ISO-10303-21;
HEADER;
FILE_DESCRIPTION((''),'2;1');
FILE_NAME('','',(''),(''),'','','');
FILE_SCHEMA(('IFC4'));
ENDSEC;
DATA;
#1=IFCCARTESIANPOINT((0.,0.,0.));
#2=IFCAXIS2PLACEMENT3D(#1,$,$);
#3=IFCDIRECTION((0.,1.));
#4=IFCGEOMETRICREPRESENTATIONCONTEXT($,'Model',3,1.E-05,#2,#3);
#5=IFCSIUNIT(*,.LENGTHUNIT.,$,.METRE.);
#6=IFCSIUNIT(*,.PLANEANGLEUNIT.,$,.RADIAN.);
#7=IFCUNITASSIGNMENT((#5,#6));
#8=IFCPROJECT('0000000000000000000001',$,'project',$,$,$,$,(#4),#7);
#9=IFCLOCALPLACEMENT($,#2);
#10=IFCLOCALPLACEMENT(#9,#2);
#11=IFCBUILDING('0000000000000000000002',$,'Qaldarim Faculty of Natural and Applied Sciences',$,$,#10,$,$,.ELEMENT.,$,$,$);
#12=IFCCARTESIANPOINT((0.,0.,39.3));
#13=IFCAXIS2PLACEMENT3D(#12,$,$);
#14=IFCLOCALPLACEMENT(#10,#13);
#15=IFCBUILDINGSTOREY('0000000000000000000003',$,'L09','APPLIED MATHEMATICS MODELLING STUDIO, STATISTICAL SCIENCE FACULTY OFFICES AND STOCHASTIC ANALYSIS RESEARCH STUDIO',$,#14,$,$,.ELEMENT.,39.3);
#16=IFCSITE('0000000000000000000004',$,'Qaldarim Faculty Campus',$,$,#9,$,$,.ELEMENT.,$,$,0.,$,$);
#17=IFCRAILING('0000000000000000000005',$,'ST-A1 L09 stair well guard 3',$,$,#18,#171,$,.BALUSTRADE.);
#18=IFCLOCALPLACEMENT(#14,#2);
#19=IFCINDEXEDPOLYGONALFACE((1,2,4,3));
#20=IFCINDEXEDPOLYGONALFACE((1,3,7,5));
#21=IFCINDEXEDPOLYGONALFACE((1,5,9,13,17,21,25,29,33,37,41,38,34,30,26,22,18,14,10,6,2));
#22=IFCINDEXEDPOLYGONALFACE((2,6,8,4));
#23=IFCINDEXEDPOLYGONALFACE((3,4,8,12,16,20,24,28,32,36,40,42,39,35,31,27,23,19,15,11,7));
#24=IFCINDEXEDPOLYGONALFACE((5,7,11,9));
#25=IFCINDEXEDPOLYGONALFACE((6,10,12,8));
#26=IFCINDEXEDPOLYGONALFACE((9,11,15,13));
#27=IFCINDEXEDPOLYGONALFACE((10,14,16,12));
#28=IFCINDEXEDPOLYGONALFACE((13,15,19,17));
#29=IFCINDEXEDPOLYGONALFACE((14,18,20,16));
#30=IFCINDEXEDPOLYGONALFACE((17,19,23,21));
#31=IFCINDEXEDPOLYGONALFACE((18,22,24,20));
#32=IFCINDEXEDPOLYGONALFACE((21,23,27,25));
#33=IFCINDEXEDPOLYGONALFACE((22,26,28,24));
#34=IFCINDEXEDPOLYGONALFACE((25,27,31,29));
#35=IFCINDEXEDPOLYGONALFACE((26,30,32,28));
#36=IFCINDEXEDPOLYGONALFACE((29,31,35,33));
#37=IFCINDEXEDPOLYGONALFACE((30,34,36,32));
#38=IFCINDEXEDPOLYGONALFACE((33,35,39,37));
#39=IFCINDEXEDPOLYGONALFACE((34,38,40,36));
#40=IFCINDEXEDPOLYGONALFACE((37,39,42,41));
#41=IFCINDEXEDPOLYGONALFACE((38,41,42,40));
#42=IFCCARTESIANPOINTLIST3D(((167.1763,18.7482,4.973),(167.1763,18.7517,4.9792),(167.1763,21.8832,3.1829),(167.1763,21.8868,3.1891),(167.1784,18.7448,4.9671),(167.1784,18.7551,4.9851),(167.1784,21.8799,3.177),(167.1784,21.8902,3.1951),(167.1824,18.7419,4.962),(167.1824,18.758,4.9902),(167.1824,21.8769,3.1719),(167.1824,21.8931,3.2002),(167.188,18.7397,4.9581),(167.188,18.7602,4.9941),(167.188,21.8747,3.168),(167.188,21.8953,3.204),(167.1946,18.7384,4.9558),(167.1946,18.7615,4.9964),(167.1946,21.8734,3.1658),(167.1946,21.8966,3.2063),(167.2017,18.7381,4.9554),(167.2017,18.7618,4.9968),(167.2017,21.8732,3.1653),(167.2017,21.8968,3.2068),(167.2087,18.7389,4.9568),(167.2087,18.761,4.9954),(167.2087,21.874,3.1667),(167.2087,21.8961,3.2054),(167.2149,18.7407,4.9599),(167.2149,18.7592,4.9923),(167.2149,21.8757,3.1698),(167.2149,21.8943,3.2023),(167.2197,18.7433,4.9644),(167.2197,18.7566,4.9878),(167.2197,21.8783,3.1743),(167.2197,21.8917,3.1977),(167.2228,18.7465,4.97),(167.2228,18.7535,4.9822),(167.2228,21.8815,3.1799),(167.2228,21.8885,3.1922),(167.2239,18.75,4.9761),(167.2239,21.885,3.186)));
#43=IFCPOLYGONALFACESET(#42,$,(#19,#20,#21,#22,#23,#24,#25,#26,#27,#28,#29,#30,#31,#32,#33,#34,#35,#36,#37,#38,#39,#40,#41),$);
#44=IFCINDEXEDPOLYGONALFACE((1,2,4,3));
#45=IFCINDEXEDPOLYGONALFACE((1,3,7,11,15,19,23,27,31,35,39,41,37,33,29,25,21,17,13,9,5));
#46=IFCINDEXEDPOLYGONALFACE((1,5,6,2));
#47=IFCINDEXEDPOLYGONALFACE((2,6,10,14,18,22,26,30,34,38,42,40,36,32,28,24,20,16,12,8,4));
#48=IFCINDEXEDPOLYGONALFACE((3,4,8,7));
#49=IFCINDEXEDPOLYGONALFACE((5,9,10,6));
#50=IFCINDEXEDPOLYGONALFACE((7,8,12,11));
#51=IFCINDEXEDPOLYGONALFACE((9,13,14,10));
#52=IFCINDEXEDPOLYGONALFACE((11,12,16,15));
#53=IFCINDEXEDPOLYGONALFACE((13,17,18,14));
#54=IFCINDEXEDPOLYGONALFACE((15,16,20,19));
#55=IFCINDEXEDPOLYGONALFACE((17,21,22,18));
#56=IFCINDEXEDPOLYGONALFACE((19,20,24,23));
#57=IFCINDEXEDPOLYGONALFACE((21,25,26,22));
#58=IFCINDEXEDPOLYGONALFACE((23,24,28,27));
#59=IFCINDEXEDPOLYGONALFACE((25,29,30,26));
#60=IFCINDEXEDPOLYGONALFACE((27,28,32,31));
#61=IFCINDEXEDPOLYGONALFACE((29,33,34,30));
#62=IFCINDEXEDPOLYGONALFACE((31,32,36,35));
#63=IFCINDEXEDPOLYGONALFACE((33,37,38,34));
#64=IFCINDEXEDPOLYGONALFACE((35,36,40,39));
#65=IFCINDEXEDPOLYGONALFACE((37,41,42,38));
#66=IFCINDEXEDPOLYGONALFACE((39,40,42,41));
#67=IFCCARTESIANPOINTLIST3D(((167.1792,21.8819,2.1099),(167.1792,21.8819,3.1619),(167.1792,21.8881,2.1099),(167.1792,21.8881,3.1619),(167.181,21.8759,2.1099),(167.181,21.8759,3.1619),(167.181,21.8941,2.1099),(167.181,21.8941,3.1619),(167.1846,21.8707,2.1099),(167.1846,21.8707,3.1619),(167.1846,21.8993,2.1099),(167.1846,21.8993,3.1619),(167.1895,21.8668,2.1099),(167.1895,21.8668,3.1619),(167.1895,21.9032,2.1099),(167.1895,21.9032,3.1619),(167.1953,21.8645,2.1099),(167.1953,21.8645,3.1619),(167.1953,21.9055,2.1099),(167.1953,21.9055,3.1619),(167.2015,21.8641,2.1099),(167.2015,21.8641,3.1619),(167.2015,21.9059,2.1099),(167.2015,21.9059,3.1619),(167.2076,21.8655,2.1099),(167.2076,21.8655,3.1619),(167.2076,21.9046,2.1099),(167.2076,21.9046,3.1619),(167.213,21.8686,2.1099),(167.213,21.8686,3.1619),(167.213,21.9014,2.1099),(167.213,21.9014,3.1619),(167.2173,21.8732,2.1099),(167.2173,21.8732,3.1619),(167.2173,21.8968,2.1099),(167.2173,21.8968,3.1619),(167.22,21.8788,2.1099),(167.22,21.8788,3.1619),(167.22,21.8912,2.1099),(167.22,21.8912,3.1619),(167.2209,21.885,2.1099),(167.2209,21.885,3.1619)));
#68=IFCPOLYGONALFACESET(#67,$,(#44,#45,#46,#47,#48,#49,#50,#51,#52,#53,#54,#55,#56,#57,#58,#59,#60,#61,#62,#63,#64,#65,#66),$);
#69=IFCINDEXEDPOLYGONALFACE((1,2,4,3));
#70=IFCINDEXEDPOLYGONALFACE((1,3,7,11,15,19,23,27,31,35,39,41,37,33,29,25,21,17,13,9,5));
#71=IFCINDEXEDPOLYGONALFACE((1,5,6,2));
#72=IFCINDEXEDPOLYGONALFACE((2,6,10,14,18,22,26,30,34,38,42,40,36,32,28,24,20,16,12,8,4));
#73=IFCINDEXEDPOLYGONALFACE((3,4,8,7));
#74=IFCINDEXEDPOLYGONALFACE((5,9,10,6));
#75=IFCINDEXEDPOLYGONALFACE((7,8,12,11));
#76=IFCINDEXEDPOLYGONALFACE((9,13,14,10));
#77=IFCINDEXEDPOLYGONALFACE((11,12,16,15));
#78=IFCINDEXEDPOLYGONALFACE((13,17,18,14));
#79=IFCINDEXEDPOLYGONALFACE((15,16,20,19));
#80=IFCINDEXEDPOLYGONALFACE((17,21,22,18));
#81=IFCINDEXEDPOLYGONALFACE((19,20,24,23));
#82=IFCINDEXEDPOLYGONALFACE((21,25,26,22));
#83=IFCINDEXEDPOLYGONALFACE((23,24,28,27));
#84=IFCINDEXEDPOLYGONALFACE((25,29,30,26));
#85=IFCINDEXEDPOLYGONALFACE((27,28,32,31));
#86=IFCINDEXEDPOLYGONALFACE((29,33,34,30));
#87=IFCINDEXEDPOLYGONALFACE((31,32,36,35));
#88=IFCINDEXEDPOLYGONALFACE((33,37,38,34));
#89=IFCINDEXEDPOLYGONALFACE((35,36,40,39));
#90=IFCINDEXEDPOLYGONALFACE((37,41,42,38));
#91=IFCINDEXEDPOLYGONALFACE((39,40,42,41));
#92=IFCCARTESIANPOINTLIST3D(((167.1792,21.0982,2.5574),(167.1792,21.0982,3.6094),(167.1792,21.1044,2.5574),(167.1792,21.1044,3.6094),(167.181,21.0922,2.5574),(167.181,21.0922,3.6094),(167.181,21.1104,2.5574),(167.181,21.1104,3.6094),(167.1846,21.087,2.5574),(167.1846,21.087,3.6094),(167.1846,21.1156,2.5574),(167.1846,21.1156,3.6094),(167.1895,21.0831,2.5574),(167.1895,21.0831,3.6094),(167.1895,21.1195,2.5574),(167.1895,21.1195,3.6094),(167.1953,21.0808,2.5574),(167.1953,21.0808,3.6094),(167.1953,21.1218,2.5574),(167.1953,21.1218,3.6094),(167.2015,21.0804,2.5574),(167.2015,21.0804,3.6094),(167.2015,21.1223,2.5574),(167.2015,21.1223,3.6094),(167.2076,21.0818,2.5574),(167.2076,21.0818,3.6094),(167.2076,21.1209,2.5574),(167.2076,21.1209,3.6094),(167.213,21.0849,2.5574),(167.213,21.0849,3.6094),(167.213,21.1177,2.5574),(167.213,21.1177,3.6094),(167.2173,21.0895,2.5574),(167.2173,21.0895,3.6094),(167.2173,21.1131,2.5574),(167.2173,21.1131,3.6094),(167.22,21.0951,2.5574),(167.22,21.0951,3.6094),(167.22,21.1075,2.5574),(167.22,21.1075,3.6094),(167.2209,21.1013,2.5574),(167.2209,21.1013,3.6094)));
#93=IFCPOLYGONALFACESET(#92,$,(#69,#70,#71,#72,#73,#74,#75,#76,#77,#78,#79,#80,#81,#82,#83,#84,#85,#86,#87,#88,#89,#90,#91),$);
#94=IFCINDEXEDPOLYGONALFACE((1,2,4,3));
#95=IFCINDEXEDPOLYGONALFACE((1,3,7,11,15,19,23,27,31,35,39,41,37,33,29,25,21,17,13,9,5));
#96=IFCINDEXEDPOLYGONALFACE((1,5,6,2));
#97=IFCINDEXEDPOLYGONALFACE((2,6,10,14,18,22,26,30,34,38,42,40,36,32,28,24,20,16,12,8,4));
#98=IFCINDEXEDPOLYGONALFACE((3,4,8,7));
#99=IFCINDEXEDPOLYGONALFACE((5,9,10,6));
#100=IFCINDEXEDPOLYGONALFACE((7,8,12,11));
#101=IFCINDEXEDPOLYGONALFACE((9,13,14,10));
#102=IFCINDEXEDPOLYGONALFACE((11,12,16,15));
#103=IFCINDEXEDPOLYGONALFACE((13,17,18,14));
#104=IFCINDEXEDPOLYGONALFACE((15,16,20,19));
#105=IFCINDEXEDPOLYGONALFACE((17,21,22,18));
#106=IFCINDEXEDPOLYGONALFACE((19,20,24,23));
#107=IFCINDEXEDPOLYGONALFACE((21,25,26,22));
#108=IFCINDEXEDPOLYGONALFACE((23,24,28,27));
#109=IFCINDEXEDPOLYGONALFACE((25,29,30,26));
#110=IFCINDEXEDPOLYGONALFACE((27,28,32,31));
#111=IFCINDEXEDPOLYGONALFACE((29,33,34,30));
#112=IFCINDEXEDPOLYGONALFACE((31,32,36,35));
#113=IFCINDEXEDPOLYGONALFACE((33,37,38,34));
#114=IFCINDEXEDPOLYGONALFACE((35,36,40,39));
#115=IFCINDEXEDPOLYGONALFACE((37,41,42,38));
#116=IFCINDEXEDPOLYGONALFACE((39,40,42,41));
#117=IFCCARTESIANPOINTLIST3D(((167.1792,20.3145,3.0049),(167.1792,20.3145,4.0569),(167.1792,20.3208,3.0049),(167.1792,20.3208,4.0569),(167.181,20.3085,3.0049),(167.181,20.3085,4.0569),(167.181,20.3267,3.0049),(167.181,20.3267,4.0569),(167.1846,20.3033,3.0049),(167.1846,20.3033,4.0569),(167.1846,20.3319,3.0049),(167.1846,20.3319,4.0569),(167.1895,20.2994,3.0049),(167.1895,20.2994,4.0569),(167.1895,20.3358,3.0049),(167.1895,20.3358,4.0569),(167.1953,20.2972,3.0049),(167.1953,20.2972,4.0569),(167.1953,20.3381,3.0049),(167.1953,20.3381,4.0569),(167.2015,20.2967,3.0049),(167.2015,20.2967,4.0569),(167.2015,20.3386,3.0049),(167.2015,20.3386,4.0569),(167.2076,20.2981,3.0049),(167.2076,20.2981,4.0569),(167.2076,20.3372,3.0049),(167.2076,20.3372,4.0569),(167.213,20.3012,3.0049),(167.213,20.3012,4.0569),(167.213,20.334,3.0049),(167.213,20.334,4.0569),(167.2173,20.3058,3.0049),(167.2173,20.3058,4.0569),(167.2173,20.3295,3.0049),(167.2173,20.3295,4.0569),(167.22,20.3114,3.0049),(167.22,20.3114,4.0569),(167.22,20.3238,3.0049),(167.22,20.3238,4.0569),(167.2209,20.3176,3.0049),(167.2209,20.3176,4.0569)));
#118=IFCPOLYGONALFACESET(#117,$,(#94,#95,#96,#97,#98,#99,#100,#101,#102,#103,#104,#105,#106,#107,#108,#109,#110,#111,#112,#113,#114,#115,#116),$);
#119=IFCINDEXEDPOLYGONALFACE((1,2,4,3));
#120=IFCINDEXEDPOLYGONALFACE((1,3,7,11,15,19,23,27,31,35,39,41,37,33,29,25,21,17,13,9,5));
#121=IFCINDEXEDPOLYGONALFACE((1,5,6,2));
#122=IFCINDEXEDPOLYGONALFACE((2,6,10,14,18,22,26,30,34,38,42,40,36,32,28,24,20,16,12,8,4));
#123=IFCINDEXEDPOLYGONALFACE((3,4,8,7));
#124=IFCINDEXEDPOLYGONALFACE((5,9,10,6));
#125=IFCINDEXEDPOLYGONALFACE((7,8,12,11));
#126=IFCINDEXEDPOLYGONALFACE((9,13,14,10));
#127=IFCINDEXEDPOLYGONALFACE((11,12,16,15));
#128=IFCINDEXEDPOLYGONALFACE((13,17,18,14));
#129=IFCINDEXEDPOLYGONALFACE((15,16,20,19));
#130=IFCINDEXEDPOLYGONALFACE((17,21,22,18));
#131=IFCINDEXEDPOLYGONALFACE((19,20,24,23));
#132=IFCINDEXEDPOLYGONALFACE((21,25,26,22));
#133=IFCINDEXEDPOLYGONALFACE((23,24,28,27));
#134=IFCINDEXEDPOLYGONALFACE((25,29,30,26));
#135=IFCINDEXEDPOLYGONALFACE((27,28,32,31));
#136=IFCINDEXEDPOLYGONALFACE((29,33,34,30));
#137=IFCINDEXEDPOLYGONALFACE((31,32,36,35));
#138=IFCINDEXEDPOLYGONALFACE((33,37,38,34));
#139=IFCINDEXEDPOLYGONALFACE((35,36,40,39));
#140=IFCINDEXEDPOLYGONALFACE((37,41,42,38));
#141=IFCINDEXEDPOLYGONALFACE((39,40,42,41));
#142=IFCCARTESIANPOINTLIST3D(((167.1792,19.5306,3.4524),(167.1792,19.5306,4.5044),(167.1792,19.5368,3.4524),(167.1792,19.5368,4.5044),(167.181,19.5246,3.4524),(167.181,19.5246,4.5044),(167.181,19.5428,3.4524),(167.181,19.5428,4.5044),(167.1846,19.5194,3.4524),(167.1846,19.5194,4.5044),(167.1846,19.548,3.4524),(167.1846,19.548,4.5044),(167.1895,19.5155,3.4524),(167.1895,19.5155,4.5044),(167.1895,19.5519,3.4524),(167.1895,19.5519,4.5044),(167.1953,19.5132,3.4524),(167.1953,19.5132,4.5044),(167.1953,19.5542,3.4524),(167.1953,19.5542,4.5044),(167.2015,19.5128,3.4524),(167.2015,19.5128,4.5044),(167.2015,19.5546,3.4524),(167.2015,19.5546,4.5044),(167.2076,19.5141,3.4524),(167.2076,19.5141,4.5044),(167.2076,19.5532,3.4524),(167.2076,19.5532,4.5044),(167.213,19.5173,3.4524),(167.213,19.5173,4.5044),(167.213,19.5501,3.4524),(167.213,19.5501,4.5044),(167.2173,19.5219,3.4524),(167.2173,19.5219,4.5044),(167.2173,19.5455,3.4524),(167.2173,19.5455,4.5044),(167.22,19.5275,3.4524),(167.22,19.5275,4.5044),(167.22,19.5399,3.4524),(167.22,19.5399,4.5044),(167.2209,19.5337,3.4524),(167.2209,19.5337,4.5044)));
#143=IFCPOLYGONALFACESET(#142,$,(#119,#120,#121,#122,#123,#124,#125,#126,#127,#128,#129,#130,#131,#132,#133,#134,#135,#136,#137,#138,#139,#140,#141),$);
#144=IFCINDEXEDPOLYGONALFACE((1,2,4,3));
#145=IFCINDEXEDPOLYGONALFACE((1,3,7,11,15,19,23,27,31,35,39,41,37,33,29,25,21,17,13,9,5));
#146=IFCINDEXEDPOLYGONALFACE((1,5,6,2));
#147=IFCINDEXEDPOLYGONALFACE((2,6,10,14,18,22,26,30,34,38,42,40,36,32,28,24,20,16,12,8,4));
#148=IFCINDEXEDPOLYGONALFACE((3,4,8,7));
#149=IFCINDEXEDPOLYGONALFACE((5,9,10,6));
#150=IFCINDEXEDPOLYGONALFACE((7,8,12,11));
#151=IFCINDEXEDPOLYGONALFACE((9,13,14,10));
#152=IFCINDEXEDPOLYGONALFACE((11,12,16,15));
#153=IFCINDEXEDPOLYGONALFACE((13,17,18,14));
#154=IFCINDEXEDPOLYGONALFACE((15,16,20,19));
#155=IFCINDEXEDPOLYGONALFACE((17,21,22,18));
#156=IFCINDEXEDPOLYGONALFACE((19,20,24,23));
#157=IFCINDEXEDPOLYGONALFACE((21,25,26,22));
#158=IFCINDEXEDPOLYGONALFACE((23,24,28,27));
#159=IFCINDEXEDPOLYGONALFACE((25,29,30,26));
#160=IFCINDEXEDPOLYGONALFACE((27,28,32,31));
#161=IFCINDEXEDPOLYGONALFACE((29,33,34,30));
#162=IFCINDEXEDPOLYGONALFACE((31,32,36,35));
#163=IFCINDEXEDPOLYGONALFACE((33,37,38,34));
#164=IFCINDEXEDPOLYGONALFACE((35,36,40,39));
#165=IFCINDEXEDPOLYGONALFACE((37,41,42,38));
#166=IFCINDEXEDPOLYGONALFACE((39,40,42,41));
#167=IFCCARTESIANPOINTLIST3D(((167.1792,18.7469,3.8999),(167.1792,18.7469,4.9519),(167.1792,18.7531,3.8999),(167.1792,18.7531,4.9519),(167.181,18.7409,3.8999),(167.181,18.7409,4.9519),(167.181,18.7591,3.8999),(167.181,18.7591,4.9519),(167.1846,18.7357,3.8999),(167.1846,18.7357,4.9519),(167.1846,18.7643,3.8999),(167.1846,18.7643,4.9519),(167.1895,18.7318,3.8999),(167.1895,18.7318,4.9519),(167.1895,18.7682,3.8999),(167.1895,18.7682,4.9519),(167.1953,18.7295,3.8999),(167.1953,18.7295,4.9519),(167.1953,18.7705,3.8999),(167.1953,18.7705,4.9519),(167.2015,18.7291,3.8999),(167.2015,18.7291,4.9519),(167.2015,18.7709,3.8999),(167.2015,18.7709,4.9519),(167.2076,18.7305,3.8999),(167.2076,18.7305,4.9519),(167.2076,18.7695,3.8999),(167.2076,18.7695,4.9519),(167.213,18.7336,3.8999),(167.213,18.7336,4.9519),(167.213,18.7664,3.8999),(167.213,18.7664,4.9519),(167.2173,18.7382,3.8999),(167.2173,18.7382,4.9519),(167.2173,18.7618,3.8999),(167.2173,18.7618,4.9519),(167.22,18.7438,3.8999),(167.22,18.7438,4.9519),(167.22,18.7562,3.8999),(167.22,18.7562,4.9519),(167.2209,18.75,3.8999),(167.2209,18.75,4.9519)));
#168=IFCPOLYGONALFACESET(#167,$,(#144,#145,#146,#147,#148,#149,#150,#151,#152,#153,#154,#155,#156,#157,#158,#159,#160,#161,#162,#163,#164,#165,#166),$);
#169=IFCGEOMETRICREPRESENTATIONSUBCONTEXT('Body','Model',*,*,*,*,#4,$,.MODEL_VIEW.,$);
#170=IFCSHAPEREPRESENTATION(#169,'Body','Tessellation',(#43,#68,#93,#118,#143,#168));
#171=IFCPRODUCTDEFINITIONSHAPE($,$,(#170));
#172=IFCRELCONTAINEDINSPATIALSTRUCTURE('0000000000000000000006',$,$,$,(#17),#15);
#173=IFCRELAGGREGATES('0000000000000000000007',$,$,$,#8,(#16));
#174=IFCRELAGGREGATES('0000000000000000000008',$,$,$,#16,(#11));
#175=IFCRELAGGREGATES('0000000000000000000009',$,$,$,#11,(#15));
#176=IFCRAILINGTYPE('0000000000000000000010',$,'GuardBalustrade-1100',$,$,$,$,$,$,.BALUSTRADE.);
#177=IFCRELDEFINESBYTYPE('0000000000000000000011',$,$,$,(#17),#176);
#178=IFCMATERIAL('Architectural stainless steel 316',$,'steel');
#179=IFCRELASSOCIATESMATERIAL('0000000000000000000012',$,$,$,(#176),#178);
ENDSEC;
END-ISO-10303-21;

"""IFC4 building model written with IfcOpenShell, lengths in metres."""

from ifc_helpers import new_model, si_unit, direction, frame, origin, origin_2d, place, context, subcontext, project, spatial, circle, extrude, material, type_object, element, save


model = new_model("IFC4")

# Units and contexts
model_context = context("Model", 3, precision=1e-05, world=origin(), true_north=direction((0.0, 1.0)))
body_context = subcontext(model_context, "Body", "Model", "MODEL_VIEW")
ifc_project = project(units=[si_unit("LENGTHUNIT", "METRE"), si_unit("PLANEANGLEUNIT", "RADIAN")], contexts=[model_context])

# Site, building, storey
site_placement = place(None, origin())
site = spatial("IfcSite", under=ifc_project, at=site_placement, Name="Qaldarim Faculty Campus", CompositionType="ELEMENT", RefElevation=0.0)
building_placement = place(site_placement, origin())
building = spatial("IfcBuilding", under=site, at=building_placement, Name="Qaldarim Faculty of Natural and Applied Sciences", CompositionType="ELEMENT")
storey_placement = place(building_placement, frame((0.0, 0.0, 39.3)))
storey = spatial("IfcBuildingStorey", under=building, at=storey_placement, Name="L09", Description="APPLIED MATHEMATICS MODELLING STUDIO, STATISTICAL SCIENCE FACULTY OFFICES AND STOCHASTIC ANALYSIS RESEARCH STUDIO", CompositionType="ELEMENT", Elevation=39.3)

# Shared definitions
ifc_material_1 = material(Name="Architectural stainless steel 316", Category="steel")

# Railing
railing_type_1 = type_object("IfcRailingType", Name="GuardBalustrade-1100", PredefinedType="BALUSTRADE", material=ifc_material_1)
railing_1_placement = place(storey_placement, frame((167.2, 21.885, 2.1099)))
element("IfcRailing", 1, at=railing_1_placement, inside=storey, type_object=railing_type_1, Name="ST-A1 L09 stair well guard 3", PredefinedType="BALUSTRADE", context=body_context, shape_type="SweptSolid", body=[
    extrude(circle(Radius=0.0239, at=origin_2d()), frame((0.0, 0.0, 1.0762), z_axis=(0.0, -0.86841, 0.495848), x_axis=(1.0, 0.0, 0.0)), (0.0, 0.0, 1.0), 3.6101),
    extrude(circle(Radius=0.021, at=origin_2d()), origin(), (0.0, 0.0, 1.0), 1.052),
    extrude(circle(Radius=0.021, at=origin_2d()), frame((0.0, -0.7837, 0.4475)), (0.0, 0.0, 1.0), 1.052),
    extrude(circle(Radius=0.021, at=origin_2d()), frame((0.0, -1.5674, 0.895)), (0.0, 0.0, 1.0), 1.052),
    extrude(circle(Radius=0.021, at=origin_2d()), frame((0.0, -2.3513, 1.3425)), (0.0, 0.0, 1.0), 1.052),
    extrude(circle(Radius=0.021, at=origin_2d()), frame((0.0, -3.135, 1.79)), (0.0, 0.0, 1.0), 1.052),
])

save(model, "model.ifc")
